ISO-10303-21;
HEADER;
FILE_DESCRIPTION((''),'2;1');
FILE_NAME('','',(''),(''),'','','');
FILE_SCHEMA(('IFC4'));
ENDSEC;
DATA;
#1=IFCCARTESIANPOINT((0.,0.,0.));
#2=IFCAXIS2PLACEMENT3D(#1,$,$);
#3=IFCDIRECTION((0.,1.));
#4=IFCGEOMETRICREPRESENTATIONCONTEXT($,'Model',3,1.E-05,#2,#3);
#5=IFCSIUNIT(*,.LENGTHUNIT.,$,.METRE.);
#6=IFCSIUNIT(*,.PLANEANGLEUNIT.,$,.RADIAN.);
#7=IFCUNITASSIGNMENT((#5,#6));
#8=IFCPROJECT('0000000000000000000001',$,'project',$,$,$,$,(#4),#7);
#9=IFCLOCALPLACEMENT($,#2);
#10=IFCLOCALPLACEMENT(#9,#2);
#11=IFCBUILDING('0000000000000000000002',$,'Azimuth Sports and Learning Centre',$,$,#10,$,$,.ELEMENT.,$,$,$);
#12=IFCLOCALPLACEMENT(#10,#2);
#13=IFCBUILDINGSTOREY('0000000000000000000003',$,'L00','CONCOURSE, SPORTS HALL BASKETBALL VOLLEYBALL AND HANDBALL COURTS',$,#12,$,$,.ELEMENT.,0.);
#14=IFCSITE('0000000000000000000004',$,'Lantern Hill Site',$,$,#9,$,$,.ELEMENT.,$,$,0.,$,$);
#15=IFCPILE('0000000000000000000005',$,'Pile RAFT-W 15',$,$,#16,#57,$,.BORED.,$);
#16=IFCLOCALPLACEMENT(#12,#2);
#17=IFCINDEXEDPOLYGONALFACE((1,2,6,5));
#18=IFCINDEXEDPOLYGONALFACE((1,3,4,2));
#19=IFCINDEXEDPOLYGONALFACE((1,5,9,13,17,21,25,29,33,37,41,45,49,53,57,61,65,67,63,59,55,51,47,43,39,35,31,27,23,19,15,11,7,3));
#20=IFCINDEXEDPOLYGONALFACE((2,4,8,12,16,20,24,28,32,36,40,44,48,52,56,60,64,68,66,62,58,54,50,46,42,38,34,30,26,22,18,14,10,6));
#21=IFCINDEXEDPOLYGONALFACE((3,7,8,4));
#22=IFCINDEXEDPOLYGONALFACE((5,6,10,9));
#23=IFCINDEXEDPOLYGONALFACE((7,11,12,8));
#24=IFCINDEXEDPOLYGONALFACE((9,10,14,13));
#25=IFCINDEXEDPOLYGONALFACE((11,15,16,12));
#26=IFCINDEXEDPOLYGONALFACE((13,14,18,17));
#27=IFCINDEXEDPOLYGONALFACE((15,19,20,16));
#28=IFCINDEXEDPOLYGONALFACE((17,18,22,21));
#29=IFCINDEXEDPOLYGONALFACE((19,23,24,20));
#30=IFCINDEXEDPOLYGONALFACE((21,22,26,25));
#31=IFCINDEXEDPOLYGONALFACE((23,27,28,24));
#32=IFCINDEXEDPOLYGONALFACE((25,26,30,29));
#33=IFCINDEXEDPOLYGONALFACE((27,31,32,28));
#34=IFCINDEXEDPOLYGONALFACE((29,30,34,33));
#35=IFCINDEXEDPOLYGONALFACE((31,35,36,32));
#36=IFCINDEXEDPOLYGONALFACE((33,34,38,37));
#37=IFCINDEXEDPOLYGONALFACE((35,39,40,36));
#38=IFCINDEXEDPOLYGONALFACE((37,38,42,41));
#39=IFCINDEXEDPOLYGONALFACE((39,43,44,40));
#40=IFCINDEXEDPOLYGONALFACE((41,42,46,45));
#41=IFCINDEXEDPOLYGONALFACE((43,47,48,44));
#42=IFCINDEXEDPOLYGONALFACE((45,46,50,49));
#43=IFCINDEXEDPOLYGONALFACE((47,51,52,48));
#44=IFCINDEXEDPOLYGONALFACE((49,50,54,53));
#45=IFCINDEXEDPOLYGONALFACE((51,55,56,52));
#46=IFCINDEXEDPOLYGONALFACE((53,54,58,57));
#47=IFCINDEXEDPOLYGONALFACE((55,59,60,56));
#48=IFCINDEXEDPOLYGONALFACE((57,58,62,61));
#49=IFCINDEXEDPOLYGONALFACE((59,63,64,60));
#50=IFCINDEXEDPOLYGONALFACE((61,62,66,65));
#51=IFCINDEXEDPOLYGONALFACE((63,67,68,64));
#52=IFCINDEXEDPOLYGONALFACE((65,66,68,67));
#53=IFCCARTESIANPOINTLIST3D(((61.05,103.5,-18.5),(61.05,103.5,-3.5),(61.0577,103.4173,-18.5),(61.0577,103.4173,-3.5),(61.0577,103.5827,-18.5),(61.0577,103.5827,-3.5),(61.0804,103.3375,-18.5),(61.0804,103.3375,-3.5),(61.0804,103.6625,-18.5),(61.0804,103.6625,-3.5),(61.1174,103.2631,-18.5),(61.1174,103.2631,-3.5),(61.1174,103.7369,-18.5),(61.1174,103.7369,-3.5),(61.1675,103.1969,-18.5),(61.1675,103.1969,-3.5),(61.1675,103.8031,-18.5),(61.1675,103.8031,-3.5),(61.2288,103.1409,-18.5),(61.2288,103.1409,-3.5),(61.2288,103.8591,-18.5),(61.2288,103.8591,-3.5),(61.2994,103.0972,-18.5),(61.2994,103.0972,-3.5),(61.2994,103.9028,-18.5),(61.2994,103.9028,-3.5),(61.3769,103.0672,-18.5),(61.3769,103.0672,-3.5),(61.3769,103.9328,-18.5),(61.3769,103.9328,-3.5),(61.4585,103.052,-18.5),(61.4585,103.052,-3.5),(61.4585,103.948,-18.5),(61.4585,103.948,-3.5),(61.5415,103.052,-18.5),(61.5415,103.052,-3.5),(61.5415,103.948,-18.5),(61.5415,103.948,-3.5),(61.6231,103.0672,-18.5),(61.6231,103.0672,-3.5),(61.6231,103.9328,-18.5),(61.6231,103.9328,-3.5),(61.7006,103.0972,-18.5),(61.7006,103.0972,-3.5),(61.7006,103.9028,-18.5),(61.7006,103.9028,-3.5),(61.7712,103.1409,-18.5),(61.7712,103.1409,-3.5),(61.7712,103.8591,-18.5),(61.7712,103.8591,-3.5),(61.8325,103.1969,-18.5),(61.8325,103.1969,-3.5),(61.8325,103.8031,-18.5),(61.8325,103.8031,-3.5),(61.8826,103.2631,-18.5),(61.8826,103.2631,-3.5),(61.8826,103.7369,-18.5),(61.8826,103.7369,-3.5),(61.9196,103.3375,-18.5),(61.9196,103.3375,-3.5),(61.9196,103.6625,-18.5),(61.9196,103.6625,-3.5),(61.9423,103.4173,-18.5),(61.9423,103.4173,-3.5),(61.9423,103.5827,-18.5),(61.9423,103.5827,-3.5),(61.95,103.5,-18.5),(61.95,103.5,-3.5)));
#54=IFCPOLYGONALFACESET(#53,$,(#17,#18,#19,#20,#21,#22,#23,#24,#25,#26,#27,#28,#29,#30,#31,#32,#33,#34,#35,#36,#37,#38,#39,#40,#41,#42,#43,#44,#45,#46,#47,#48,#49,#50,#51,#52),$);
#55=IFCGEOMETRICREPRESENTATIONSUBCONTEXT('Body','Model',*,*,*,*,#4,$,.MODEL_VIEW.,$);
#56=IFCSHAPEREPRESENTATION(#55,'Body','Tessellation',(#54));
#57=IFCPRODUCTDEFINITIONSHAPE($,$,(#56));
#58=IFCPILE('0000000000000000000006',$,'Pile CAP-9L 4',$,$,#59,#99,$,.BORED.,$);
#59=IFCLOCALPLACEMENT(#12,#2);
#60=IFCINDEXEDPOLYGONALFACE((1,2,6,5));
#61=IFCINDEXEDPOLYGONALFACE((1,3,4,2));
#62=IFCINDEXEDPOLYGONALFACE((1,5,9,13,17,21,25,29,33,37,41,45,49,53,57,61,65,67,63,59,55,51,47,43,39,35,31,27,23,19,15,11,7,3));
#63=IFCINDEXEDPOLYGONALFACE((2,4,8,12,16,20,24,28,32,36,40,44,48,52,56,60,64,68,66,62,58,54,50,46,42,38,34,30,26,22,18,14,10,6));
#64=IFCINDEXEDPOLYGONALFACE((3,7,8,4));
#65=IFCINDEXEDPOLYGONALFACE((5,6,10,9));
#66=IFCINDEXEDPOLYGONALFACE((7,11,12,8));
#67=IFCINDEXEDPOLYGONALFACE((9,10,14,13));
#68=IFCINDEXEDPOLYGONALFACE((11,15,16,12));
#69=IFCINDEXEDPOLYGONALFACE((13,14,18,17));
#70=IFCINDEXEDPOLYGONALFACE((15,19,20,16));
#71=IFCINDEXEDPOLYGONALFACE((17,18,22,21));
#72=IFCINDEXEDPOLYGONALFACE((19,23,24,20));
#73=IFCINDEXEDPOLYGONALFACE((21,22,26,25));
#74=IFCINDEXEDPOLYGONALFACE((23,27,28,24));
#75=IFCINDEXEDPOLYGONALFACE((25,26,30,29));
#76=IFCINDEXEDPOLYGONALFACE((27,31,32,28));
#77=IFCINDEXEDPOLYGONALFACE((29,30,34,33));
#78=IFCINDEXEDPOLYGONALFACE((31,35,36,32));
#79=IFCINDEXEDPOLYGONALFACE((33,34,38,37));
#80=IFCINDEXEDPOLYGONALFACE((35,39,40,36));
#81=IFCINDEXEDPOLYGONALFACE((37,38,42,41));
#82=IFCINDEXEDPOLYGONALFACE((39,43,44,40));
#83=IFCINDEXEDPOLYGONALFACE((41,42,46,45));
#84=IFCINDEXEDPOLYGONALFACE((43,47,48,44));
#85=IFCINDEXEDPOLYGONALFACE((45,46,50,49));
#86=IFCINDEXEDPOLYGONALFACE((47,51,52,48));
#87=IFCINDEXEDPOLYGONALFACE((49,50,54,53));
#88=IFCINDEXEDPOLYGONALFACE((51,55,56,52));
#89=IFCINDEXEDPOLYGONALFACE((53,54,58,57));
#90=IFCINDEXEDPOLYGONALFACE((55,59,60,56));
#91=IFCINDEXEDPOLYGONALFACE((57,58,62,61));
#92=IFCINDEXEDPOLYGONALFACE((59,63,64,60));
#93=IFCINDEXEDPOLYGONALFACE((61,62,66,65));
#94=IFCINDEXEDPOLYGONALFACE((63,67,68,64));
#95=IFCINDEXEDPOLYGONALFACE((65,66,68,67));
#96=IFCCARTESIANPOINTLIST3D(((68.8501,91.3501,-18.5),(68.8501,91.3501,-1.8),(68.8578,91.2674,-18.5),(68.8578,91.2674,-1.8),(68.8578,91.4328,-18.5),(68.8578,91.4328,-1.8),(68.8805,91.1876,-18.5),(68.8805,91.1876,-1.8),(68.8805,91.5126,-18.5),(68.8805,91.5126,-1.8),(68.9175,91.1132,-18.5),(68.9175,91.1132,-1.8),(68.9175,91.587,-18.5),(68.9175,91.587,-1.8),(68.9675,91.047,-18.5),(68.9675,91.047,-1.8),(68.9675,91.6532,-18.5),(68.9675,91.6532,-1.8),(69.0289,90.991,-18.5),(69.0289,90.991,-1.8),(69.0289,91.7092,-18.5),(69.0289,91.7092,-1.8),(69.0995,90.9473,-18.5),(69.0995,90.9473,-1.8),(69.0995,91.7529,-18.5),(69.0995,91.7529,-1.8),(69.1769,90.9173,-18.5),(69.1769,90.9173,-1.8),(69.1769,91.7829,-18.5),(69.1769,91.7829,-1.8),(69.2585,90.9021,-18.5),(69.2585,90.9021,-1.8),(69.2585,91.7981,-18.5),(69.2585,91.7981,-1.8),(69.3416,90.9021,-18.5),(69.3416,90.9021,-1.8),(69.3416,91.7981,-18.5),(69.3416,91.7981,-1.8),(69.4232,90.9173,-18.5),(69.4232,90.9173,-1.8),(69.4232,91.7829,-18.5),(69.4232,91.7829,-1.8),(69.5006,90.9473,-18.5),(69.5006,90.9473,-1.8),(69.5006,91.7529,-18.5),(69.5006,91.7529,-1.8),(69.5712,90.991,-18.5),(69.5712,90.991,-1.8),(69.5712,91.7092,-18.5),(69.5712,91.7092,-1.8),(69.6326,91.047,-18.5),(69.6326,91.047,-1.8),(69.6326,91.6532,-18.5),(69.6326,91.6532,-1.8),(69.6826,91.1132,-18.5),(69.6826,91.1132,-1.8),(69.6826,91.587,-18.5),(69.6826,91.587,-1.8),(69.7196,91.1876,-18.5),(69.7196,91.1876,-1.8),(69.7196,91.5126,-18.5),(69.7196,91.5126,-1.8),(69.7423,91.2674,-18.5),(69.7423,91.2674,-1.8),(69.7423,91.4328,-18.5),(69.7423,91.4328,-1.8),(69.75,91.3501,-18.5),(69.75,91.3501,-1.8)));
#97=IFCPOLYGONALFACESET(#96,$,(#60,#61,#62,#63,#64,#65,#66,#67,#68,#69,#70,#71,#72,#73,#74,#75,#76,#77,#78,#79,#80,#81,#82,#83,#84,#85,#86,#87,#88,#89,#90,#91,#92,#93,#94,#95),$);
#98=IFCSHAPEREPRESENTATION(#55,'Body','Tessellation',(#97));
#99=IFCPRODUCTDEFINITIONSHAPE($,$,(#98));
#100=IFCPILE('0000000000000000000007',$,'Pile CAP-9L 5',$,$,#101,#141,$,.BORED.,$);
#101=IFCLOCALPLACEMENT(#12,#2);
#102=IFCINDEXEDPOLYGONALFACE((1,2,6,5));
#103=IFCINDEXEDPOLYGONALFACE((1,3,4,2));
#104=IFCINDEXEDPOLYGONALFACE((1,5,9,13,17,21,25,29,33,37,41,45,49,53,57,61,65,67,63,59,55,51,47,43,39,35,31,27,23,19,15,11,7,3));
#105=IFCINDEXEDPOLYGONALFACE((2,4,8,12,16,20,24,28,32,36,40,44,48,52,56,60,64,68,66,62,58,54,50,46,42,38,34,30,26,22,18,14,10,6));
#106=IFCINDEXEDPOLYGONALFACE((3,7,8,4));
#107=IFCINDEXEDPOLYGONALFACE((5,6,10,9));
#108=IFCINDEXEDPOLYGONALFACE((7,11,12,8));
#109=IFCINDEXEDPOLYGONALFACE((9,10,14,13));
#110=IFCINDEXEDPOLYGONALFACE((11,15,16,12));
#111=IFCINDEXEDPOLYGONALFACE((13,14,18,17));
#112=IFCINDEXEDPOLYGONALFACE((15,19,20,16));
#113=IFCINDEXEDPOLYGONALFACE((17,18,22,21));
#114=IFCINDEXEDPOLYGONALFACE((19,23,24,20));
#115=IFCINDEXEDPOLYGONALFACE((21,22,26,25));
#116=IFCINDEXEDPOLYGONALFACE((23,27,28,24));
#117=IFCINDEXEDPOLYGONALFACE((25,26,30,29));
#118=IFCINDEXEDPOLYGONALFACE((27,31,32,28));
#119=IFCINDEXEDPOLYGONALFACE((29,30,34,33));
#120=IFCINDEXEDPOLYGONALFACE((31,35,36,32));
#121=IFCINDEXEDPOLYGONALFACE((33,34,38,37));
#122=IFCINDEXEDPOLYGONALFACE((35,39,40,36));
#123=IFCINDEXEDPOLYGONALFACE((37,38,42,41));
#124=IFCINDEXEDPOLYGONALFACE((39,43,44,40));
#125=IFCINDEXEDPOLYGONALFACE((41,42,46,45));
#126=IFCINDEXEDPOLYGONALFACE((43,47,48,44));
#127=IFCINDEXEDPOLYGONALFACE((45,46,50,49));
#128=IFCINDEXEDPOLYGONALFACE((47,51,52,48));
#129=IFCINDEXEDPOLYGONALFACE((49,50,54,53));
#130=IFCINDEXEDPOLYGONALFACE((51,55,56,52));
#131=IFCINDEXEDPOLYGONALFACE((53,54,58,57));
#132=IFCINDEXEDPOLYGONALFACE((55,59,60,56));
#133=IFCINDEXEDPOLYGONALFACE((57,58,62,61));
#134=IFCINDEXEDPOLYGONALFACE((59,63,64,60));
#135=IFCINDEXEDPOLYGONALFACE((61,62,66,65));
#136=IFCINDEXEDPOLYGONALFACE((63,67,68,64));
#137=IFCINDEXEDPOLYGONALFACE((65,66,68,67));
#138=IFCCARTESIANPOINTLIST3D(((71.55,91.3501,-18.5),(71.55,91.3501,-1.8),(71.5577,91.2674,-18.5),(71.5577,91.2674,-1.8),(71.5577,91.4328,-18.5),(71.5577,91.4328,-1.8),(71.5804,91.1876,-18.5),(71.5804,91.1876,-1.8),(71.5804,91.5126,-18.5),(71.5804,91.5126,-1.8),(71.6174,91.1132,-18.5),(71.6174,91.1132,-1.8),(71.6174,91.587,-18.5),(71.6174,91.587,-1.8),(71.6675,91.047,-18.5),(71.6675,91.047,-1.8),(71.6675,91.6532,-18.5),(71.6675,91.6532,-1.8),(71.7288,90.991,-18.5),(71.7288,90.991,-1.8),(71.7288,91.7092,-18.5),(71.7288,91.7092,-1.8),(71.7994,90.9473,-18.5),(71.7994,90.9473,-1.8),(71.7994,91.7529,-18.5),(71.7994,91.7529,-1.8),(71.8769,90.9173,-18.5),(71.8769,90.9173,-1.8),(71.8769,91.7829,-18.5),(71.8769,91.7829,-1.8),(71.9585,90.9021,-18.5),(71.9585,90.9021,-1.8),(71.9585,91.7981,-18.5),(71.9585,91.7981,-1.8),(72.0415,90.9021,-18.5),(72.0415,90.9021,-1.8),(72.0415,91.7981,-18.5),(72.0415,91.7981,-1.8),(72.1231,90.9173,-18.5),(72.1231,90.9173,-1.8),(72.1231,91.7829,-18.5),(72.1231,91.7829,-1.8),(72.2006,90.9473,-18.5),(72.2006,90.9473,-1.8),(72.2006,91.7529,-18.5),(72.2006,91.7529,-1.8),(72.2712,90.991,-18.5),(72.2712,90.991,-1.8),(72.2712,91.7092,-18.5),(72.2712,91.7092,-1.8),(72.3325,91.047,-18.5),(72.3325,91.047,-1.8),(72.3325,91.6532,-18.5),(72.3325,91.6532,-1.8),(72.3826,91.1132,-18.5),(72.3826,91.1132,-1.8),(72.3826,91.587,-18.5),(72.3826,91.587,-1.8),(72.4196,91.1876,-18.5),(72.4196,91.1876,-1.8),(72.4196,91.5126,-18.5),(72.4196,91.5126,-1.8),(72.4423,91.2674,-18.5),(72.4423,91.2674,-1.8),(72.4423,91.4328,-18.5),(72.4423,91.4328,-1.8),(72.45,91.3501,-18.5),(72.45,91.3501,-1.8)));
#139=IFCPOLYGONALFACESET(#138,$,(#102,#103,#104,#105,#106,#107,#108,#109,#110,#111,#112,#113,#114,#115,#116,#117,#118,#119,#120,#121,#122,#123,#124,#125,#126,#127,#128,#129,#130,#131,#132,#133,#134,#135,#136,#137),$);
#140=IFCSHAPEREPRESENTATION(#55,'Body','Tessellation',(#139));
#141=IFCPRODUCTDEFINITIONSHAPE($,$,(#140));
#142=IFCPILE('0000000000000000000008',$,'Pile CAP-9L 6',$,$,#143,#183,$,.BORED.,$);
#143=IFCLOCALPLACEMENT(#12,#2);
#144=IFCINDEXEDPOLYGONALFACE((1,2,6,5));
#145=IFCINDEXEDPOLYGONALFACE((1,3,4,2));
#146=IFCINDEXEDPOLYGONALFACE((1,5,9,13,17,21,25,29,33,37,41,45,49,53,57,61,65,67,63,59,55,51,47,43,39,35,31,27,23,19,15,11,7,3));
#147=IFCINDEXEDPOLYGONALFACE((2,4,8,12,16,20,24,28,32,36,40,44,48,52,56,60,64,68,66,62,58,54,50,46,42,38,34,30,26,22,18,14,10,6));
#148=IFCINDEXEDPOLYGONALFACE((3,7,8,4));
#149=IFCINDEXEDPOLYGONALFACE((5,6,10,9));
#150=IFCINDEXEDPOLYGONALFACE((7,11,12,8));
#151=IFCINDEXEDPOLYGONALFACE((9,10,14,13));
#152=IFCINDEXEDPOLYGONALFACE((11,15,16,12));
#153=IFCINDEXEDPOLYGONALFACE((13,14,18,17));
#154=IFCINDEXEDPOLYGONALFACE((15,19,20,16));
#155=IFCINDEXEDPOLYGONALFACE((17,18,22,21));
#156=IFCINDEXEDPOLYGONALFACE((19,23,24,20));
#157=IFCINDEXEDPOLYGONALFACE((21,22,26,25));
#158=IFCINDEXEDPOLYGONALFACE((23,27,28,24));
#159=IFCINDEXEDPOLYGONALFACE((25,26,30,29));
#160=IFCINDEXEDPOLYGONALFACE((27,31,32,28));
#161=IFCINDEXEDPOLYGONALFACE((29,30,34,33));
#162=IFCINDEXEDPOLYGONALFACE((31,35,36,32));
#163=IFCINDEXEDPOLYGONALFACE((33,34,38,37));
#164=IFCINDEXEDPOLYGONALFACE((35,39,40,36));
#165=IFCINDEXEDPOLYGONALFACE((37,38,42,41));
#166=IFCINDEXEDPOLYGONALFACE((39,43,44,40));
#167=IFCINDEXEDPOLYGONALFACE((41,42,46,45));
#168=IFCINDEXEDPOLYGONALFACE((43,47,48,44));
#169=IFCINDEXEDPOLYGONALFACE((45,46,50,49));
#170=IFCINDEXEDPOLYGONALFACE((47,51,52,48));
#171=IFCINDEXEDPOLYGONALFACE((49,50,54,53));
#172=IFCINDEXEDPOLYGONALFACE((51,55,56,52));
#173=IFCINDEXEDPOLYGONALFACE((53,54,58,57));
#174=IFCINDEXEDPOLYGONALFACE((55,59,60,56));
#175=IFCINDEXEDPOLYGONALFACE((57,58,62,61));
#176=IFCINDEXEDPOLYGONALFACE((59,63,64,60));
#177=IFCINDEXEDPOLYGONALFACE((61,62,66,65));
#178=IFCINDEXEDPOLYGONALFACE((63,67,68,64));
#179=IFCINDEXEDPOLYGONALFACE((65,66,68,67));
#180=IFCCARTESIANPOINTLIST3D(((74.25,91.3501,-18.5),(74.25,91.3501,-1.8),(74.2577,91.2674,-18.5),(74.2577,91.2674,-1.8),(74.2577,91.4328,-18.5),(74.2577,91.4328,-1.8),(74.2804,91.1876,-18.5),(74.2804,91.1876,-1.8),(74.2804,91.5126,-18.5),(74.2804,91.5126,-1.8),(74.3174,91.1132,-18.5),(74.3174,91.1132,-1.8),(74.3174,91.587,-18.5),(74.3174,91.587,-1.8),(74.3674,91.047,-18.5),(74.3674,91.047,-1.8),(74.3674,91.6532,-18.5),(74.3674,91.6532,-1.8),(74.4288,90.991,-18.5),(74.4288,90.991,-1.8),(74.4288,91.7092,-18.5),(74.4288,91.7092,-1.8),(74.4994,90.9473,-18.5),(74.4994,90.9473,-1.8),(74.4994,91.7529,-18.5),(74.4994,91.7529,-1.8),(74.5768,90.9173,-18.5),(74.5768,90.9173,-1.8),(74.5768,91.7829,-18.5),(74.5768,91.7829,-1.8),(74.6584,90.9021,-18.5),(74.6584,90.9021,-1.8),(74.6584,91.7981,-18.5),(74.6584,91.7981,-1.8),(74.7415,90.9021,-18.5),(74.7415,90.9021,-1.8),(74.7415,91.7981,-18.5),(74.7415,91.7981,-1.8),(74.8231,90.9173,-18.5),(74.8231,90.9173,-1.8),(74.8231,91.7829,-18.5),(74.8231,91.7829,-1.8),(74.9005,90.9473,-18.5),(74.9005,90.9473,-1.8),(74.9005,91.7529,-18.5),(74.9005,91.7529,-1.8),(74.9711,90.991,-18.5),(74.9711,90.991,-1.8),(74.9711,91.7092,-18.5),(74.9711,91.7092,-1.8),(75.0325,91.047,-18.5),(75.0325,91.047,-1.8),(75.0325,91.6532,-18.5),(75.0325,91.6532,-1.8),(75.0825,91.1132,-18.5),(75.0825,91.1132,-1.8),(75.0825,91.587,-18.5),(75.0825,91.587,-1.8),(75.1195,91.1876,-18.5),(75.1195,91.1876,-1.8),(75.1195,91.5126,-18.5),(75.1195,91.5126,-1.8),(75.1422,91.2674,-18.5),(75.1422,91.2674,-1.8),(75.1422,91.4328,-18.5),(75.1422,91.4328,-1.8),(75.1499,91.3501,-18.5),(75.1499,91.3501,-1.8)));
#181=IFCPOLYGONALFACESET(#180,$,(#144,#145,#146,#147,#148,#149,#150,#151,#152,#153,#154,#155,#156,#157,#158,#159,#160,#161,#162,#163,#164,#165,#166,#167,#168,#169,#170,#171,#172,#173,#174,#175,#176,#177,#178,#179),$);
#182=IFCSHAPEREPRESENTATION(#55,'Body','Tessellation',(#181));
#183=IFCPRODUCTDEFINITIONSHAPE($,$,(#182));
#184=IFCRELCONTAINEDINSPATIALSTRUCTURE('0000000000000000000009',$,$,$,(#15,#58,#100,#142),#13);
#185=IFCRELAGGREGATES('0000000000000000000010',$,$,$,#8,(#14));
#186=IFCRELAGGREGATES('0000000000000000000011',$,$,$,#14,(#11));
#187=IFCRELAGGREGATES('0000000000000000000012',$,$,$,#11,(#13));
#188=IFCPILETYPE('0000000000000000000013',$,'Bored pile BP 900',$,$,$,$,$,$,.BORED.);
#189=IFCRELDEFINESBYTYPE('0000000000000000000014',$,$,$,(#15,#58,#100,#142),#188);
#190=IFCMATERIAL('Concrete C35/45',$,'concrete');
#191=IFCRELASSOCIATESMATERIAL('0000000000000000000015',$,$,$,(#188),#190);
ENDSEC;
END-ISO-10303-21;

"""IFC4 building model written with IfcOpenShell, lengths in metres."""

from ifc_helpers import new_model, si_unit, direction, frame, origin, origin_2d, place, context, subcontext, project, spatial, circle, extrude, material, material_profile, profile_set, type_object, element, save


model = new_model("IFC4")

# Units and contexts
model_context = context("Model", 3, precision=1e-05, world=origin(), true_north=direction((0.0, 1.0)))
body_context = subcontext(model_context, "Body", "Model", "MODEL_VIEW")
ifc_project = project(units=[si_unit("LENGTHUNIT", "METRE"), si_unit("PLANEANGLEUNIT", "RADIAN")], contexts=[model_context])

# Site, building, storey
site_placement = place(None, origin())
site = spatial("IfcSite", under=ifc_project, at=site_placement, Name="Lantern Hill Site", CompositionType="ELEMENT", RefElevation=0.0)
building_placement = place(site_placement, origin())
building = spatial("IfcBuilding", under=site, at=building_placement, Name="Azimuth Sports and Learning Centre", CompositionType="ELEMENT")
storey_placement = place(building_placement, origin())
storey = spatial("IfcBuildingStorey", under=building, at=storey_placement, Name="L00", Description="CONCOURSE, SPORTS HALL BASKETBALL VOLLEYBALL AND HANDBALL COURTS", CompositionType="ELEMENT", Elevation=0.0)

# Piles
ifc_material_1 = material(Name="Concrete C35/45", Category="concrete")
ifc_material_profile_1 = material_profile(ifc_material_1, circle(Radius=0.45, at=origin_2d()), Name="BP 900")
ifc_profile_set_1 = profile_set([ifc_material_profile_1], Name="Concrete C35/45")
pile_type = type_object("IfcPileType", Name="Bored pile BP 900", PredefinedType="BORED", material=ifc_profile_set_1)
for number, where, z_axis, x_axis, name in (
    (1, (61.5, 103.5, -3.5), (0.0, 0.0, -1.0), (1.0, 0.0, 0.0), "Pile RAFT-W 15"),
):
    element("IfcPile", number, at=place(storey_placement, frame(where, z_axis=z_axis, x_axis=x_axis)), inside=storey, type_object=pile_type, Name=name, PredefinedType="BORED", context=body_context, shape_type="SweptSolid", body=[
        extrude(circle(Radius=0.45, at=origin_2d()), origin(), (0.0, 0.0, 1.0), 15.0),
    ])
for number, where, z_axis, x_axis, name in (
    (2, (69.3, 91.3501, -1.8), (0.0, 0.0, -1.0), (1.0, 0.0, 0.0), "Pile CAP-9L 4"),
    (3, (72.0, 91.3501, -1.8), (0.0, 0.0, -1.0), (1.0, 0.0, 0.0), "Pile CAP-9L 5"),
    (4, (74.7, 91.3501, -1.8), (0.0, 0.0, -1.0), (1.0, 0.0, 0.0), "Pile CAP-9L 6"),
):
    element("IfcPile", number, at=place(storey_placement, frame(where, z_axis=z_axis, x_axis=x_axis)), inside=storey, type_object=pile_type, Name=name, PredefinedType="BORED", context=body_context, shape_type="SweptSolid", body=[
        extrude(circle(Radius=0.45, at=origin_2d()), origin(), (0.0, 0.0, 1.0), 16.7),
    ])

save(model, "model.ifc")
